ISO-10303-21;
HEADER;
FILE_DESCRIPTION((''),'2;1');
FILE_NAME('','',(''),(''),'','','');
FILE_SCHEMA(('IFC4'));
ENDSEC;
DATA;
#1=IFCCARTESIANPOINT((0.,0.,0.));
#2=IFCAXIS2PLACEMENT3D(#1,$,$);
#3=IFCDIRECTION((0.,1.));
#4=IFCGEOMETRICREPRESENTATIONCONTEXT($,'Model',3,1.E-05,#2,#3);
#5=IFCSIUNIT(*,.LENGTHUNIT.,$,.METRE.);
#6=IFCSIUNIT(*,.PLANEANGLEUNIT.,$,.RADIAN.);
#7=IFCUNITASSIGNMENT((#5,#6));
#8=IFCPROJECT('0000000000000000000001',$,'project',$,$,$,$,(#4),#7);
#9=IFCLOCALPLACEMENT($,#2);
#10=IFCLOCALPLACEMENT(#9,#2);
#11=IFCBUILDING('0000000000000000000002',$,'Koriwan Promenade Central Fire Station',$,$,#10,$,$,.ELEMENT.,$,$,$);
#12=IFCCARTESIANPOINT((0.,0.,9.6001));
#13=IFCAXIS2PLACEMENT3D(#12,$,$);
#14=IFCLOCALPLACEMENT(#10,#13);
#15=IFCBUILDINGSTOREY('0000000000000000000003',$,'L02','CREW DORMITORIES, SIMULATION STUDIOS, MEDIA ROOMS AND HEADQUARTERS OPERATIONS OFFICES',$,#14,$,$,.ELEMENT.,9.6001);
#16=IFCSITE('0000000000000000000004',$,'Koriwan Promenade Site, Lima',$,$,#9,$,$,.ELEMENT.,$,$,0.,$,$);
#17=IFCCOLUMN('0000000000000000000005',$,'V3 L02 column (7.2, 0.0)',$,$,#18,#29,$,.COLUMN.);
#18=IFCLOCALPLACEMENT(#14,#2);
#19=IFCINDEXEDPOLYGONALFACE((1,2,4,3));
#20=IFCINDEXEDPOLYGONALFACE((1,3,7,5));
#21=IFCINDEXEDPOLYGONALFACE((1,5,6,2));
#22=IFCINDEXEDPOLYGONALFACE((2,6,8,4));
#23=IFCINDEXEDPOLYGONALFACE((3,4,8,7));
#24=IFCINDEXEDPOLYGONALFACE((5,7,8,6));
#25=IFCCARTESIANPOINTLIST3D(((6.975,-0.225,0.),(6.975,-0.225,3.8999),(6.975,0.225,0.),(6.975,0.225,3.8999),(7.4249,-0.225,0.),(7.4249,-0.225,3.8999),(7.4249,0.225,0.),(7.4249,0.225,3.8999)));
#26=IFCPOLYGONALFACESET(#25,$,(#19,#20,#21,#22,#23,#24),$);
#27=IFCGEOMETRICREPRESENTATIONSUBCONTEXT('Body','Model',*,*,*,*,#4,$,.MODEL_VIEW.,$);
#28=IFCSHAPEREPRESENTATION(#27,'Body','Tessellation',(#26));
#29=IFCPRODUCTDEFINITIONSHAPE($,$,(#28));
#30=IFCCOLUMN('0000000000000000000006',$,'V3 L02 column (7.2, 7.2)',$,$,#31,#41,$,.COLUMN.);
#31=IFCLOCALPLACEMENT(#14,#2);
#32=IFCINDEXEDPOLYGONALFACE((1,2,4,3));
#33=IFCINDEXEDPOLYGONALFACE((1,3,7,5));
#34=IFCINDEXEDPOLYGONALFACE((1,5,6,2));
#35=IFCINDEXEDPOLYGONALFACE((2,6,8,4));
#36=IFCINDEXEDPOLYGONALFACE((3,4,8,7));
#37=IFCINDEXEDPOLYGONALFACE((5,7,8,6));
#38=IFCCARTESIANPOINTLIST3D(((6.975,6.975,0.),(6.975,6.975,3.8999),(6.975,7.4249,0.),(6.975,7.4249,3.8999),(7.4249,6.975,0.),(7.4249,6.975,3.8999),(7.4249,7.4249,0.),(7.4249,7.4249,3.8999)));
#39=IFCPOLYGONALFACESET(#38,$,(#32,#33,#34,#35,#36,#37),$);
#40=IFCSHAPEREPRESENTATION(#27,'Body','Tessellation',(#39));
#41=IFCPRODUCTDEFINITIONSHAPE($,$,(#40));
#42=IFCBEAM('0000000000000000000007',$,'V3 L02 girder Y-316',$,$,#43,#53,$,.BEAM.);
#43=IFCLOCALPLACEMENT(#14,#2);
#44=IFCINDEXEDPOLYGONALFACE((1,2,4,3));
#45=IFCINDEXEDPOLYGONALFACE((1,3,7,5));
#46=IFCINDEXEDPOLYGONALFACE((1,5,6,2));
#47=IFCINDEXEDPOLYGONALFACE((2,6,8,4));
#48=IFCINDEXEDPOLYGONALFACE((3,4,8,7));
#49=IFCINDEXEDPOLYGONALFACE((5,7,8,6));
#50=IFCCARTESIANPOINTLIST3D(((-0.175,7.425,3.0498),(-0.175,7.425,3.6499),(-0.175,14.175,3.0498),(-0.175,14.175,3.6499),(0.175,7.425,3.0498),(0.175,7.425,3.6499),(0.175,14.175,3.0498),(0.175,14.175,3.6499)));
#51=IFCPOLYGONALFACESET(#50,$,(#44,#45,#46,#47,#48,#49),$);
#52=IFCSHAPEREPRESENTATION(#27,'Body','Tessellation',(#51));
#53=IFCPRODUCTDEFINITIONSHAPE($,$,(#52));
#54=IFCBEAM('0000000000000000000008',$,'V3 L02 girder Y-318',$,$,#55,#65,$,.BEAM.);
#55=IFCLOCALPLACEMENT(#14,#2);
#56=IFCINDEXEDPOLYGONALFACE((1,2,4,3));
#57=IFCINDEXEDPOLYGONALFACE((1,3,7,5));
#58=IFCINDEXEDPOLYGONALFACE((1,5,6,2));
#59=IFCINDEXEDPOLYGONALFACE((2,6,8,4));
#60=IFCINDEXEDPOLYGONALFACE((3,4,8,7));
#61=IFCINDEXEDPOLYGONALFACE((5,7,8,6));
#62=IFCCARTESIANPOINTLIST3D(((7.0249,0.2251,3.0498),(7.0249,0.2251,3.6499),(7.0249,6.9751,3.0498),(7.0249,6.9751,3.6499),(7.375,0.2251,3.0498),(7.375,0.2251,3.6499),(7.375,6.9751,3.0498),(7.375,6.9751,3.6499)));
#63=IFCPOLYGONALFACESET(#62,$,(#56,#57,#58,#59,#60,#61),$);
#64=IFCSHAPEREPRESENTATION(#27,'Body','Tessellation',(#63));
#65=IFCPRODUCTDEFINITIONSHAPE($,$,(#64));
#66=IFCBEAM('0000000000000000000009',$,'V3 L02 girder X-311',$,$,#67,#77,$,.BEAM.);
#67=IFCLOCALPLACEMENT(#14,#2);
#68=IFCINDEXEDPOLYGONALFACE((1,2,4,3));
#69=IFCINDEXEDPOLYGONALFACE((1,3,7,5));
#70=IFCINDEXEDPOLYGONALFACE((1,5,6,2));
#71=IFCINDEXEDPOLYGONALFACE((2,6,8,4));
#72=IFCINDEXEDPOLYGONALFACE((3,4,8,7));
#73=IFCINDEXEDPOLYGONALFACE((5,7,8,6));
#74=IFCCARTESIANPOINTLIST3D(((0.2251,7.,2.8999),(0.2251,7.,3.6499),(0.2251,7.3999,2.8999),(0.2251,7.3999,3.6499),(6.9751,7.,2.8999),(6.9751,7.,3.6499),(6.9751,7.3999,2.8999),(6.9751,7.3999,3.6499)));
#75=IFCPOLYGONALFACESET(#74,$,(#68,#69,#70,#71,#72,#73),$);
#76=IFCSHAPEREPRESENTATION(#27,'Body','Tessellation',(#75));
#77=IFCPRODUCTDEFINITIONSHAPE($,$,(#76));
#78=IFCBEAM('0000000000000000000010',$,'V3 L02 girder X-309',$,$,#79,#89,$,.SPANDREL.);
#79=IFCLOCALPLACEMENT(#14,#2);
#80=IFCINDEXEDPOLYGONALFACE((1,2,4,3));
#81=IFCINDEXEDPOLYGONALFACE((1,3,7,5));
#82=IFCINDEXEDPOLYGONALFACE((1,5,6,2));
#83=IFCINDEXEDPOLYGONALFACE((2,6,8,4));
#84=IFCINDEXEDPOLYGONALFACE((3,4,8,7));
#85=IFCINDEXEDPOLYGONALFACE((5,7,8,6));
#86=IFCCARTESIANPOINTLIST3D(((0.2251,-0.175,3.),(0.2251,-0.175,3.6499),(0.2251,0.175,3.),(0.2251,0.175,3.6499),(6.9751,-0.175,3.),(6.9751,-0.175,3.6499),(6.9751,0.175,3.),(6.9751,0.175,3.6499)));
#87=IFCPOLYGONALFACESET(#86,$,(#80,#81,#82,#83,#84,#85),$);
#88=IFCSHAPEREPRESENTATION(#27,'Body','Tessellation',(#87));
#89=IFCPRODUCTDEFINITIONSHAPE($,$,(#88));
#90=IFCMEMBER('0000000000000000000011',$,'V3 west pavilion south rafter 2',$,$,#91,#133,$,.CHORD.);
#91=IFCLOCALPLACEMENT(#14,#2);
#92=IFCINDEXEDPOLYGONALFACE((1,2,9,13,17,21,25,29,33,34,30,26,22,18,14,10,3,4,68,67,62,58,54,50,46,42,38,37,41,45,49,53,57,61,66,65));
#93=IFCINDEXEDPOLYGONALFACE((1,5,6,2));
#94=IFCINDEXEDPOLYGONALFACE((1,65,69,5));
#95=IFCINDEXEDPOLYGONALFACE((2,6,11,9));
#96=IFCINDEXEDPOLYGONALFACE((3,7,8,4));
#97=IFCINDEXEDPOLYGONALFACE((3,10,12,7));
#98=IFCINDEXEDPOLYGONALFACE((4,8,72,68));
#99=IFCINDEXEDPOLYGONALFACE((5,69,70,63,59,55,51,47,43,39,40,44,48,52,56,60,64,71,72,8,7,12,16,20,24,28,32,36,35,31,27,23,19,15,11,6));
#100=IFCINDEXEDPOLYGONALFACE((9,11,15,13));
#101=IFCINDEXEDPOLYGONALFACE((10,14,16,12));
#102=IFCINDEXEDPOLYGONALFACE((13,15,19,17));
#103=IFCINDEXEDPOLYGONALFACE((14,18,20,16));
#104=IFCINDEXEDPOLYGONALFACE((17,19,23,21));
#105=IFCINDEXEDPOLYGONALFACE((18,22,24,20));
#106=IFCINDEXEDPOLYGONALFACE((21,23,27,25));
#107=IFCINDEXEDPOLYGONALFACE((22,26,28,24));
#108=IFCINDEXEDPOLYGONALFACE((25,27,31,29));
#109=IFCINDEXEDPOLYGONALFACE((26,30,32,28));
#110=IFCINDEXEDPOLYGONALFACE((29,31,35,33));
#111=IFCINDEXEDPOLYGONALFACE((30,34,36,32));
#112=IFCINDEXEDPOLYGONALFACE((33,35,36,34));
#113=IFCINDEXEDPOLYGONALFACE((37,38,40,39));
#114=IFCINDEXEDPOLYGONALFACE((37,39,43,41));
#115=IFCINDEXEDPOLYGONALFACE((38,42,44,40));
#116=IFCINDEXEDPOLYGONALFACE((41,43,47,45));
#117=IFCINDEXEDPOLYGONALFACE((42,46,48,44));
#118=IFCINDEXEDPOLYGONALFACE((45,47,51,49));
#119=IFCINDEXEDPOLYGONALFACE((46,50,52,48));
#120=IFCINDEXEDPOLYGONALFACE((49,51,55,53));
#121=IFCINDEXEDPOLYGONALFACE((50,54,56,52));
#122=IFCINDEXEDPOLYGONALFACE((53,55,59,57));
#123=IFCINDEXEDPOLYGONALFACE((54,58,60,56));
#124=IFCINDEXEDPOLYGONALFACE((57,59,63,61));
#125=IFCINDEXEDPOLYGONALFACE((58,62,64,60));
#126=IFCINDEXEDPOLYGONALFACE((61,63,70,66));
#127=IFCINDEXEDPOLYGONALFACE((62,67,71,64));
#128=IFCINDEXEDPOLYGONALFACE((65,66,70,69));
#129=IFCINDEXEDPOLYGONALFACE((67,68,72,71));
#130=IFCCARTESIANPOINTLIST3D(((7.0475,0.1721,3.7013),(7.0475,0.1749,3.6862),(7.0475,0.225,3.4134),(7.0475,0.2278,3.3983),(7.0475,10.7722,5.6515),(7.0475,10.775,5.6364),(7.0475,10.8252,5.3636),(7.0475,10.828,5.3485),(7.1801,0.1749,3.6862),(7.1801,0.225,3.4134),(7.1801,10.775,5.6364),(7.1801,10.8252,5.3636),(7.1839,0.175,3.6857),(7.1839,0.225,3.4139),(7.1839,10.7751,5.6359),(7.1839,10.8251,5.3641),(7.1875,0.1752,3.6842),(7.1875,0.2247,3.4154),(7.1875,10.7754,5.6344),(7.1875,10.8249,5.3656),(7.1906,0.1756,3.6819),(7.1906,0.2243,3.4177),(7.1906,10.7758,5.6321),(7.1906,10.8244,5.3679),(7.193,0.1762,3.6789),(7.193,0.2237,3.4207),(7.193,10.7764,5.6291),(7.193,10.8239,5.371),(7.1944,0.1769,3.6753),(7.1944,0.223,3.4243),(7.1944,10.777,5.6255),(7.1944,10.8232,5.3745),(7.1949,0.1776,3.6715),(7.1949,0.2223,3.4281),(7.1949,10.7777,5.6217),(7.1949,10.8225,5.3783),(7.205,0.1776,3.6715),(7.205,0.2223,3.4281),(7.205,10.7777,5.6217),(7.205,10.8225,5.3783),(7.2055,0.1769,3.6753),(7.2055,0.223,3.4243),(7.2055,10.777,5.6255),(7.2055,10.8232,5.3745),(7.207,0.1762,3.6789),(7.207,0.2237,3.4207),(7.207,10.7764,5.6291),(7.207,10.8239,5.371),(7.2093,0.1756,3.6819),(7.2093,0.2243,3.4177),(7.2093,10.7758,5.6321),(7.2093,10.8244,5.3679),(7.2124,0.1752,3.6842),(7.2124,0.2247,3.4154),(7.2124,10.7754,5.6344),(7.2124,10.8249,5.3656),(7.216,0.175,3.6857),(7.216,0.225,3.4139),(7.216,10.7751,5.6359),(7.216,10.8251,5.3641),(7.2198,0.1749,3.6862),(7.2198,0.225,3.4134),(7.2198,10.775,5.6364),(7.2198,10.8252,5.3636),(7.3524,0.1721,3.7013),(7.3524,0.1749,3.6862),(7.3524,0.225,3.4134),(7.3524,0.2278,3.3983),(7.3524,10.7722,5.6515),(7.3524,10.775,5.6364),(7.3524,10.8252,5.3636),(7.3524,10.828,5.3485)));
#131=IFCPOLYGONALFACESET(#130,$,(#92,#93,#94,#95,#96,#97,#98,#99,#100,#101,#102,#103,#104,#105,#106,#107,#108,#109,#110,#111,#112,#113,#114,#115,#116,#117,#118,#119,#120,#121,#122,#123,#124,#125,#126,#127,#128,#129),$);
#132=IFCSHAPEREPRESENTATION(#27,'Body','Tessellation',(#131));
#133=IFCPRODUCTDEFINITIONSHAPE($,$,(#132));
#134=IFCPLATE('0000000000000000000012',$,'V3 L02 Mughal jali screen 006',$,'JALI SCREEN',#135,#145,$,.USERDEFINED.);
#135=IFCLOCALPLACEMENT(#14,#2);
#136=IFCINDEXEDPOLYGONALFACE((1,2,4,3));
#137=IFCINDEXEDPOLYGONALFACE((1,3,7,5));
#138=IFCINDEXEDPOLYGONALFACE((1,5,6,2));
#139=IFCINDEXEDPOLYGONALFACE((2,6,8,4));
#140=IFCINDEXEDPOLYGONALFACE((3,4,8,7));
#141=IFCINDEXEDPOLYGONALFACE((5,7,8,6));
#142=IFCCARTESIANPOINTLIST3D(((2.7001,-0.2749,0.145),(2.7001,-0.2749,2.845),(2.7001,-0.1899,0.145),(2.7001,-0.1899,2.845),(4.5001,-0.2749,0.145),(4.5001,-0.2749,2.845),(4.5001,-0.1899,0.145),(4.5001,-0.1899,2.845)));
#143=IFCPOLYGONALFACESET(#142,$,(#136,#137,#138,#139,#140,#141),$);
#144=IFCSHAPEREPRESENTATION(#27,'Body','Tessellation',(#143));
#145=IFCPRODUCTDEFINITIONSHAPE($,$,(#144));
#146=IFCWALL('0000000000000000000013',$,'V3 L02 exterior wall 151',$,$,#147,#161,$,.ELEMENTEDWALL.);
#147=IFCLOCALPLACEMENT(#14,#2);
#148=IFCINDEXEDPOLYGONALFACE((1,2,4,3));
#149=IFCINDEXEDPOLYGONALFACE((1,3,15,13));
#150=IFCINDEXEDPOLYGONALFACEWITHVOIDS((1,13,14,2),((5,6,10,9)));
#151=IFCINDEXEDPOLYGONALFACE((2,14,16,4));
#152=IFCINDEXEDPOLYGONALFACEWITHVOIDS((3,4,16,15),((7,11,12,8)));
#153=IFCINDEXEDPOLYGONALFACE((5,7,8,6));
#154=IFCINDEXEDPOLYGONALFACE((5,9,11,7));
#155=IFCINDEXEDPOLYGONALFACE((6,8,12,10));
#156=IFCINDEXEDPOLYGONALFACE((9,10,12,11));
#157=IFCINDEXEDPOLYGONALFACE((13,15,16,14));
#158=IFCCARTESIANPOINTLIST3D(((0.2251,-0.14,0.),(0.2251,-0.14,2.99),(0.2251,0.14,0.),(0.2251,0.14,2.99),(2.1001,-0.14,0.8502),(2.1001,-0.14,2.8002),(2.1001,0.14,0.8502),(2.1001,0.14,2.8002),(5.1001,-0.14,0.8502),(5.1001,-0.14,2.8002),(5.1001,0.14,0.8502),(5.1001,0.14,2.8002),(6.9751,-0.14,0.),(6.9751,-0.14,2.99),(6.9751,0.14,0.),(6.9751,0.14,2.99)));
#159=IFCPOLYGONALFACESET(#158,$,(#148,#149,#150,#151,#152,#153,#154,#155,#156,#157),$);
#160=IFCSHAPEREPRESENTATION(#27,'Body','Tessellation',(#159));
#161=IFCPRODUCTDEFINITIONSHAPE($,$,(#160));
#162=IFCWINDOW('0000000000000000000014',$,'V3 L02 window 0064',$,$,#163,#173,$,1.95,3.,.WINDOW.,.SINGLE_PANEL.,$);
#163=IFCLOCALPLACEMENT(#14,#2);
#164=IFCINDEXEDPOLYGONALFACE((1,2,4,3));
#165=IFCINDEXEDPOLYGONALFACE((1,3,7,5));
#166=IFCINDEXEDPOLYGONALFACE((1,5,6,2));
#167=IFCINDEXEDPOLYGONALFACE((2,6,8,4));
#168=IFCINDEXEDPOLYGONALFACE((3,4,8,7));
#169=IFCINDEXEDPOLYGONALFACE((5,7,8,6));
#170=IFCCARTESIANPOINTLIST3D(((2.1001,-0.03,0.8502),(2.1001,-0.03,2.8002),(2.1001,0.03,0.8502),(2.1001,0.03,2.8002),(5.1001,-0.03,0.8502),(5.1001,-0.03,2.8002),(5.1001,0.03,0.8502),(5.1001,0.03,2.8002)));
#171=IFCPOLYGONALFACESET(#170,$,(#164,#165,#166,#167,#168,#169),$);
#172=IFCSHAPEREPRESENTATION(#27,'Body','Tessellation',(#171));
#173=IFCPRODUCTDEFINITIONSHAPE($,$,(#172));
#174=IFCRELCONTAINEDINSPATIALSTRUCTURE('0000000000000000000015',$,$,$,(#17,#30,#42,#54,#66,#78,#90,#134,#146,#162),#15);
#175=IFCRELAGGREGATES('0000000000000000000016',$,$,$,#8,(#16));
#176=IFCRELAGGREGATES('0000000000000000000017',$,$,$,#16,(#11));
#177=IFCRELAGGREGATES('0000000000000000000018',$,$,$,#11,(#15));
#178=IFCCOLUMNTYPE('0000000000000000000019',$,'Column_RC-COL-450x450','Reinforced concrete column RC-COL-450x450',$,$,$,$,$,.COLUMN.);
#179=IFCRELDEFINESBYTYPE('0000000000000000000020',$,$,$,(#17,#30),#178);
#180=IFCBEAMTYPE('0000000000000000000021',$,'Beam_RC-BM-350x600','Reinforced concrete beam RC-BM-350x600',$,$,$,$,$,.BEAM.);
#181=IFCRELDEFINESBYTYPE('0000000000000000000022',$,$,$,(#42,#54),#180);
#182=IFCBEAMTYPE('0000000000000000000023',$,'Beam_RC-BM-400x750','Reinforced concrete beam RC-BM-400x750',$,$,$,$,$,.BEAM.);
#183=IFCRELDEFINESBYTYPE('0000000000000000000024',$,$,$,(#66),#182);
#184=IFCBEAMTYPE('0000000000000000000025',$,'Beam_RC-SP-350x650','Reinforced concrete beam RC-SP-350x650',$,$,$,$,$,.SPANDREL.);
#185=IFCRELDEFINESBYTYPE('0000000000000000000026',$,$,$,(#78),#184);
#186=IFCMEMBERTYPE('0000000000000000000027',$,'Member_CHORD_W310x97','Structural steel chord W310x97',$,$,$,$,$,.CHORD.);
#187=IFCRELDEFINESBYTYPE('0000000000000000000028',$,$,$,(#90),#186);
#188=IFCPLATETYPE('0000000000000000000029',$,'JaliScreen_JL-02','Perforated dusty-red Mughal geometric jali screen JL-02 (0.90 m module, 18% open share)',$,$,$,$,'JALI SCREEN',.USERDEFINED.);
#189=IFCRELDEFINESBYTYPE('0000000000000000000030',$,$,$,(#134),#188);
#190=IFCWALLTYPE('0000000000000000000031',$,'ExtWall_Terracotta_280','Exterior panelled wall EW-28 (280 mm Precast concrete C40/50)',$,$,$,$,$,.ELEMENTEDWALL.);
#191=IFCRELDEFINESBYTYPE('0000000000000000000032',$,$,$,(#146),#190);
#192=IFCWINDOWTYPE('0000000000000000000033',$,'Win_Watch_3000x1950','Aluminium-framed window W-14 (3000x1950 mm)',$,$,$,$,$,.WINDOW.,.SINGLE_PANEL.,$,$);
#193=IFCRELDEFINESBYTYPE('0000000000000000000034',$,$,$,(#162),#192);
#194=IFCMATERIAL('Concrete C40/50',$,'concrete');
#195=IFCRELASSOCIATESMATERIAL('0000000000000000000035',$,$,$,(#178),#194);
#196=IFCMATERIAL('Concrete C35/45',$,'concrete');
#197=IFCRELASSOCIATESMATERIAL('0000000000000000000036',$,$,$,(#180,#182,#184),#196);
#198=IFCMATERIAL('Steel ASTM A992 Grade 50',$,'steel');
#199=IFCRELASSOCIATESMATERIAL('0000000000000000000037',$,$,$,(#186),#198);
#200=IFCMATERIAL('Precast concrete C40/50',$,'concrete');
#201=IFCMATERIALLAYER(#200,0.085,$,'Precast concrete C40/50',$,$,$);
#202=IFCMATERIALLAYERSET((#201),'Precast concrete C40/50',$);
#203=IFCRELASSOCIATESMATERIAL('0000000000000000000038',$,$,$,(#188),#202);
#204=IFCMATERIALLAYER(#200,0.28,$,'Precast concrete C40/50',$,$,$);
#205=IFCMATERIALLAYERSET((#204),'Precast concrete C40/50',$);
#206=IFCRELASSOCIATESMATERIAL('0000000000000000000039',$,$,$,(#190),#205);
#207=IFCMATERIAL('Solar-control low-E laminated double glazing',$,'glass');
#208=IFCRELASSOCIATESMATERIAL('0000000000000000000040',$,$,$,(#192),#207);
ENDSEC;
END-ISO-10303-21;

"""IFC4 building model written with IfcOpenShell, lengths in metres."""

from ifc_helpers import new_model, si_unit, direction, frame, frame_2d, origin, origin_2d, place, context, subcontext, project, spatial, rectangle, i_section, extrude, material, layer, layer_set, material_profile, profile_set, type_object, element, fill, save


model = new_model("IFC4")

# Units and contexts
model_context = context("Model", 3, precision=1e-05, world=origin(), true_north=direction((0.0, 1.0)))
body_context = subcontext(model_context, "Body", "Model", "MODEL_VIEW")
ifc_project = project(units=[si_unit("LENGTHUNIT", "METRE"), si_unit("PLANEANGLEUNIT", "RADIAN")], contexts=[model_context])

# Site, building, storey
site_placement = place(None, origin())
site = spatial("IfcSite", under=ifc_project, at=site_placement, Name="Koriwan Promenade Site, Lima", CompositionType="ELEMENT", RefElevation=0.0)
building_placement = place(site_placement, origin())
building = spatial("IfcBuilding", under=site, at=building_placement, Name="Koriwan Promenade Central Fire Station", CompositionType="ELEMENT")
storey_placement = place(building_placement, frame((0.0, 0.0, 9.6001)))
storey = spatial("IfcBuildingStorey", under=building, at=storey_placement, Name="L02", Description="CREW DORMITORIES, SIMULATION STUDIOS, MEDIA ROOMS AND HEADQUARTERS OPERATIONS OFFICES", CompositionType="ELEMENT", Elevation=9.6001)

# Columns
ifc_material_1 = material(Name="Concrete C40/50", Category="concrete")
ifc_material_profile_1 = material_profile(ifc_material_1, rectangle(XDim=0.45, YDim=0.45, at=origin_2d()), Name="RC-COL-450x450")
ifc_profile_set_1 = profile_set([ifc_material_profile_1], Name="Concrete C40/50")
column_type = type_object("IfcColumnType", Name="Column_RC-COL-450x450", Description="Reinforced concrete column RC-COL-450x450", PredefinedType="COLUMN", material=ifc_profile_set_1)
for number, where, z_axis, x_axis, name in (
    (1, (7.2, 0.0, 0.0), (0.0, 0.0, 1.0), (1.0, 0.0, 0.0), "V3 L02 column (7.2, 0.0)"),
    (2, (7.2, 7.2, 0.0), (0.0, 0.0, 1.0), (1.0, 0.0, 0.0), "V3 L02 column (7.2, 7.2)"),
):
    element("IfcColumn", number, at=place(storey_placement, frame(where, z_axis=z_axis, x_axis=x_axis)), inside=storey, type_object=column_type, Name=name, PredefinedType="COLUMN", context=body_context, shape_type="SweptSolid", body=[
        extrude(rectangle(XDim=0.45, YDim=0.45, at=origin_2d()), origin(), (0.0, 0.0, 1.0), 3.8999),
    ])

# Beams
ifc_material_2 = material(Name="Concrete C35/45", Category="concrete")
ifc_material_profile_2 = material_profile(ifc_material_2, rectangle(XDim=0.3501, YDim=0.6001, at=origin_2d()), Name="RC-BM-350x600")
ifc_profile_set_2 = profile_set([ifc_material_profile_2], Name="Concrete C35/45")
beam_type_1 = type_object("IfcBeamType", Name="Beam_RC-BM-350x600", Description="Reinforced concrete beam RC-BM-350x600", PredefinedType="BEAM", material=ifc_profile_set_2)
for number, where, z_axis, x_axis, name in (
    (3, (0.0, 7.425, 3.3499), (0.0, 1.0, 0.0), (-1.0, 0.0, 0.0), "V3 L02 girder Y-316"),
    (4, (7.2, 0.2251, 3.3499), (0.0, 1.0, 0.0), (-1.0, 0.0, 0.0), "V3 L02 girder Y-318"),
):
    element("IfcBeam", number, at=place(storey_placement, frame(where, z_axis=z_axis, x_axis=x_axis)), inside=storey, type_object=beam_type_1, Name=name, PredefinedType="BEAM", context=body_context, shape_type="SweptSolid", body=[
        extrude(rectangle(XDim=0.3501, YDim=0.6001, at=origin_2d()), origin(), (0.0, 0.0, 1.0), 6.75),
    ])
ifc_material_profile_3 = material_profile(ifc_material_2, rectangle(XDim=0.3999, YDim=0.75, at=origin_2d()), Name="RC-BM-400x750")
ifc_profile_set_3 = profile_set([ifc_material_profile_3], Name="Concrete C35/45")
beam_type_2 = type_object("IfcBeamType", Name="Beam_RC-BM-400x750", Description="Reinforced concrete beam RC-BM-400x750", PredefinedType="BEAM", material=ifc_profile_set_3)
beam_1_placement = place(storey_placement, frame((0.2251, 7.2, 3.2749), z_axis=(1.0, 0.0, 0.0), x_axis=(0.0, 1.0, 0.0)))
element("IfcBeam", 5, at=beam_1_placement, inside=storey, type_object=beam_type_2, Name="V3 L02 girder X-311", PredefinedType="BEAM", context=body_context, shape_type="SweptSolid", body=[
    extrude(rectangle(XDim=0.3999, YDim=0.75, at=origin_2d()), origin(), (0.0, 0.0, 1.0), 6.75),
])
ifc_material_profile_4 = material_profile(ifc_material_2, rectangle(XDim=0.3501, YDim=0.6499, at=origin_2d()), Name="RC-SP-350x650")
ifc_profile_set_4 = profile_set([ifc_material_profile_4], Name="Concrete C35/45")
beam_type_3 = type_object("IfcBeamType", Name="Beam_RC-SP-350x650", Description="Reinforced concrete beam RC-SP-350x650", PredefinedType="SPANDREL", material=ifc_profile_set_4)
beam_2_placement = place(storey_placement, frame((0.2251, 0.0, 3.325), z_axis=(1.0, 0.0, 0.0), x_axis=(0.0, 1.0, 0.0)))
element("IfcBeam", 6, at=beam_2_placement, inside=storey, type_object=beam_type_3, Name="V3 L02 girder X-309", PredefinedType="SPANDREL", context=body_context, shape_type="SweptSolid", body=[
    extrude(rectangle(XDim=0.3501, YDim=0.6499, at=origin_2d()), origin(), (0.0, 0.0, 1.0), 6.75),
])

# Member
ifc_material_3 = material(Name="Steel ASTM A992 Grade 50", Category="steel")
ifc_material_profile_5 = material_profile(ifc_material_3, i_section(OverallWidth=0.3049, OverallDepth=0.3081, WebThickness=0.01, FlangeThickness=0.0154, FilletRadius=0.0149, at=origin_2d()), Name="W310x97")
ifc_profile_set_5 = profile_set([ifc_material_profile_5], Name="Steel ASTM A992 Grade 50")
member_type = type_object("IfcMemberType", Name="Member_CHORD_W310x97", Description="Structural steel chord W310x97", PredefinedType="CHORD", material=ifc_profile_set_5)
member_placement = place(storey_placement, frame((7.2, 0.2, 3.5498), z_axis=(0.0, 0.983494, 0.180942), x_axis=(-1.0, 0.0, 0.0)))
element("IfcMember", 7, at=member_placement, inside=storey, type_object=member_type, Name="V3 west pavilion south rafter 2", PredefinedType="CHORD", context=body_context, shape_type="SweptSolid", body=[
    extrude(i_section(OverallWidth=0.3049, OverallDepth=0.3081, WebThickness=0.01, FlangeThickness=0.0154, FilletRadius=0.0149, at=origin_2d()), origin(), (0.0, 0.0, 1.0), 10.7781),
])

# Plate
ifc_material_4 = material(Name="Precast concrete C40/50", Category="concrete")
ifc_layer_1 = layer(ifc_material_4, 0.085, Name="Precast concrete C40/50")
ifc_layer_set_1 = layer_set([ifc_layer_1], Name="Precast concrete C40/50")
plate_type = type_object("IfcPlateType", Name="JaliScreen_JL-02", Description="Perforated dusty-red Mughal geometric jali screen JL-02 (0.90 m module, 18% open share)", ElementType="JALI SCREEN", PredefinedType="USERDEFINED", material=ifc_layer_set_1)
plate_placement = place(storey_placement, frame((3.6001, -0.2324, 0.145), z_axis=(0.0, 0.0, 1.0), x_axis=(1.0, 0.0, 0.0)))
element("IfcPlate", 8, at=plate_placement, inside=storey, type_object=plate_type, Name="V3 L02 Mughal jali screen 006", ObjectType="JALI SCREEN", PredefinedType="USERDEFINED", context=body_context, shape_type="SweptSolid", body=[
    extrude(rectangle(XDim=1.8, YDim=0.085, at=origin_2d()), origin(), (0.0, 0.0, 1.0), 2.7),
])

# Wall, opening, window
ifc_layer_2 = layer(ifc_material_4, 0.28, Name="Precast concrete C40/50")
ifc_layer_set_2 = layer_set([ifc_layer_2], Name="Precast concrete C40/50")
wall_type_1 = type_object("IfcWallType", Name="ExtWall_Terracotta_280", Description="Exterior panelled wall EW-28 (280 mm Precast concrete C40/50)", PredefinedType="ELEMENTEDWALL", material=ifc_layer_set_2)
wall_1_placement = place(storey_placement, frame((0.2251, 0.0, 0.0), z_axis=(0.0, 0.0, 1.0), x_axis=(1.0, 0.0, 0.0)))
wall_1 = element("IfcWall", 9, at=wall_1_placement, inside=storey, type_object=wall_type_1, Name="V3 L02 exterior wall 151", PredefinedType="ELEMENTEDWALL", context=body_context, shape_type="SweptSolid", body=[
    extrude(rectangle(XDim=6.75, YDim=0.28, at=frame_2d((3.375, 0.0))), origin(), (0.0, 0.0, 1.0), 2.99),
])
opening_1_placement = place(wall_1_placement, frame((1.875, 0.0, 0.8501)))
opening_1 = element("IfcOpeningElement", 10, at=opening_1_placement, cuts=wall_1, PredefinedType="OPENING", context=body_context, shape_type="SweptSolid", body=[
    extrude(rectangle(XDim=3.0, YDim=1.95, at=frame_2d((1.5, 0.9751))), frame((0.0, 0.1519, 0.0), z_axis=(0.0, -1.0, 0.0), x_axis=(1.0, 0.0, 0.0)), (0.0, 0.0, 1.0), 0.304),
])
ifc_material_5 = material(Name="Solar-control low-E laminated double glazing", Category="glass")
window_type = type_object("IfcWindowType", Name="Win_Watch_3000x1950", Description="Aluminium-framed window W-14 (3000x1950 mm)", PartitioningType="SINGLE_PANEL", PredefinedType="WINDOW", material=ifc_material_5)
window_placement = place(opening_1_placement, origin())
window = element("IfcWindow", 11, at=window_placement, inside=storey, type_object=window_type, Name="V3 L02 window 0064", OverallHeight=1.95, OverallWidth=3.0, PartitioningType="SINGLE_PANEL", PredefinedType="WINDOW", context=body_context, shape_type="SweptSolid", body=[
    extrude(rectangle(XDim=3.0, YDim=1.95, at=frame_2d((1.5, 0.9751))), frame((0.0, 0.03, 0.0), z_axis=(0.0, -1.0, 0.0), x_axis=(1.0, 0.0, 0.0)), (0.0, 0.0, 1.0), 0.0601),
])
fill(opening_1, window)

save(model, "model.ifc")
